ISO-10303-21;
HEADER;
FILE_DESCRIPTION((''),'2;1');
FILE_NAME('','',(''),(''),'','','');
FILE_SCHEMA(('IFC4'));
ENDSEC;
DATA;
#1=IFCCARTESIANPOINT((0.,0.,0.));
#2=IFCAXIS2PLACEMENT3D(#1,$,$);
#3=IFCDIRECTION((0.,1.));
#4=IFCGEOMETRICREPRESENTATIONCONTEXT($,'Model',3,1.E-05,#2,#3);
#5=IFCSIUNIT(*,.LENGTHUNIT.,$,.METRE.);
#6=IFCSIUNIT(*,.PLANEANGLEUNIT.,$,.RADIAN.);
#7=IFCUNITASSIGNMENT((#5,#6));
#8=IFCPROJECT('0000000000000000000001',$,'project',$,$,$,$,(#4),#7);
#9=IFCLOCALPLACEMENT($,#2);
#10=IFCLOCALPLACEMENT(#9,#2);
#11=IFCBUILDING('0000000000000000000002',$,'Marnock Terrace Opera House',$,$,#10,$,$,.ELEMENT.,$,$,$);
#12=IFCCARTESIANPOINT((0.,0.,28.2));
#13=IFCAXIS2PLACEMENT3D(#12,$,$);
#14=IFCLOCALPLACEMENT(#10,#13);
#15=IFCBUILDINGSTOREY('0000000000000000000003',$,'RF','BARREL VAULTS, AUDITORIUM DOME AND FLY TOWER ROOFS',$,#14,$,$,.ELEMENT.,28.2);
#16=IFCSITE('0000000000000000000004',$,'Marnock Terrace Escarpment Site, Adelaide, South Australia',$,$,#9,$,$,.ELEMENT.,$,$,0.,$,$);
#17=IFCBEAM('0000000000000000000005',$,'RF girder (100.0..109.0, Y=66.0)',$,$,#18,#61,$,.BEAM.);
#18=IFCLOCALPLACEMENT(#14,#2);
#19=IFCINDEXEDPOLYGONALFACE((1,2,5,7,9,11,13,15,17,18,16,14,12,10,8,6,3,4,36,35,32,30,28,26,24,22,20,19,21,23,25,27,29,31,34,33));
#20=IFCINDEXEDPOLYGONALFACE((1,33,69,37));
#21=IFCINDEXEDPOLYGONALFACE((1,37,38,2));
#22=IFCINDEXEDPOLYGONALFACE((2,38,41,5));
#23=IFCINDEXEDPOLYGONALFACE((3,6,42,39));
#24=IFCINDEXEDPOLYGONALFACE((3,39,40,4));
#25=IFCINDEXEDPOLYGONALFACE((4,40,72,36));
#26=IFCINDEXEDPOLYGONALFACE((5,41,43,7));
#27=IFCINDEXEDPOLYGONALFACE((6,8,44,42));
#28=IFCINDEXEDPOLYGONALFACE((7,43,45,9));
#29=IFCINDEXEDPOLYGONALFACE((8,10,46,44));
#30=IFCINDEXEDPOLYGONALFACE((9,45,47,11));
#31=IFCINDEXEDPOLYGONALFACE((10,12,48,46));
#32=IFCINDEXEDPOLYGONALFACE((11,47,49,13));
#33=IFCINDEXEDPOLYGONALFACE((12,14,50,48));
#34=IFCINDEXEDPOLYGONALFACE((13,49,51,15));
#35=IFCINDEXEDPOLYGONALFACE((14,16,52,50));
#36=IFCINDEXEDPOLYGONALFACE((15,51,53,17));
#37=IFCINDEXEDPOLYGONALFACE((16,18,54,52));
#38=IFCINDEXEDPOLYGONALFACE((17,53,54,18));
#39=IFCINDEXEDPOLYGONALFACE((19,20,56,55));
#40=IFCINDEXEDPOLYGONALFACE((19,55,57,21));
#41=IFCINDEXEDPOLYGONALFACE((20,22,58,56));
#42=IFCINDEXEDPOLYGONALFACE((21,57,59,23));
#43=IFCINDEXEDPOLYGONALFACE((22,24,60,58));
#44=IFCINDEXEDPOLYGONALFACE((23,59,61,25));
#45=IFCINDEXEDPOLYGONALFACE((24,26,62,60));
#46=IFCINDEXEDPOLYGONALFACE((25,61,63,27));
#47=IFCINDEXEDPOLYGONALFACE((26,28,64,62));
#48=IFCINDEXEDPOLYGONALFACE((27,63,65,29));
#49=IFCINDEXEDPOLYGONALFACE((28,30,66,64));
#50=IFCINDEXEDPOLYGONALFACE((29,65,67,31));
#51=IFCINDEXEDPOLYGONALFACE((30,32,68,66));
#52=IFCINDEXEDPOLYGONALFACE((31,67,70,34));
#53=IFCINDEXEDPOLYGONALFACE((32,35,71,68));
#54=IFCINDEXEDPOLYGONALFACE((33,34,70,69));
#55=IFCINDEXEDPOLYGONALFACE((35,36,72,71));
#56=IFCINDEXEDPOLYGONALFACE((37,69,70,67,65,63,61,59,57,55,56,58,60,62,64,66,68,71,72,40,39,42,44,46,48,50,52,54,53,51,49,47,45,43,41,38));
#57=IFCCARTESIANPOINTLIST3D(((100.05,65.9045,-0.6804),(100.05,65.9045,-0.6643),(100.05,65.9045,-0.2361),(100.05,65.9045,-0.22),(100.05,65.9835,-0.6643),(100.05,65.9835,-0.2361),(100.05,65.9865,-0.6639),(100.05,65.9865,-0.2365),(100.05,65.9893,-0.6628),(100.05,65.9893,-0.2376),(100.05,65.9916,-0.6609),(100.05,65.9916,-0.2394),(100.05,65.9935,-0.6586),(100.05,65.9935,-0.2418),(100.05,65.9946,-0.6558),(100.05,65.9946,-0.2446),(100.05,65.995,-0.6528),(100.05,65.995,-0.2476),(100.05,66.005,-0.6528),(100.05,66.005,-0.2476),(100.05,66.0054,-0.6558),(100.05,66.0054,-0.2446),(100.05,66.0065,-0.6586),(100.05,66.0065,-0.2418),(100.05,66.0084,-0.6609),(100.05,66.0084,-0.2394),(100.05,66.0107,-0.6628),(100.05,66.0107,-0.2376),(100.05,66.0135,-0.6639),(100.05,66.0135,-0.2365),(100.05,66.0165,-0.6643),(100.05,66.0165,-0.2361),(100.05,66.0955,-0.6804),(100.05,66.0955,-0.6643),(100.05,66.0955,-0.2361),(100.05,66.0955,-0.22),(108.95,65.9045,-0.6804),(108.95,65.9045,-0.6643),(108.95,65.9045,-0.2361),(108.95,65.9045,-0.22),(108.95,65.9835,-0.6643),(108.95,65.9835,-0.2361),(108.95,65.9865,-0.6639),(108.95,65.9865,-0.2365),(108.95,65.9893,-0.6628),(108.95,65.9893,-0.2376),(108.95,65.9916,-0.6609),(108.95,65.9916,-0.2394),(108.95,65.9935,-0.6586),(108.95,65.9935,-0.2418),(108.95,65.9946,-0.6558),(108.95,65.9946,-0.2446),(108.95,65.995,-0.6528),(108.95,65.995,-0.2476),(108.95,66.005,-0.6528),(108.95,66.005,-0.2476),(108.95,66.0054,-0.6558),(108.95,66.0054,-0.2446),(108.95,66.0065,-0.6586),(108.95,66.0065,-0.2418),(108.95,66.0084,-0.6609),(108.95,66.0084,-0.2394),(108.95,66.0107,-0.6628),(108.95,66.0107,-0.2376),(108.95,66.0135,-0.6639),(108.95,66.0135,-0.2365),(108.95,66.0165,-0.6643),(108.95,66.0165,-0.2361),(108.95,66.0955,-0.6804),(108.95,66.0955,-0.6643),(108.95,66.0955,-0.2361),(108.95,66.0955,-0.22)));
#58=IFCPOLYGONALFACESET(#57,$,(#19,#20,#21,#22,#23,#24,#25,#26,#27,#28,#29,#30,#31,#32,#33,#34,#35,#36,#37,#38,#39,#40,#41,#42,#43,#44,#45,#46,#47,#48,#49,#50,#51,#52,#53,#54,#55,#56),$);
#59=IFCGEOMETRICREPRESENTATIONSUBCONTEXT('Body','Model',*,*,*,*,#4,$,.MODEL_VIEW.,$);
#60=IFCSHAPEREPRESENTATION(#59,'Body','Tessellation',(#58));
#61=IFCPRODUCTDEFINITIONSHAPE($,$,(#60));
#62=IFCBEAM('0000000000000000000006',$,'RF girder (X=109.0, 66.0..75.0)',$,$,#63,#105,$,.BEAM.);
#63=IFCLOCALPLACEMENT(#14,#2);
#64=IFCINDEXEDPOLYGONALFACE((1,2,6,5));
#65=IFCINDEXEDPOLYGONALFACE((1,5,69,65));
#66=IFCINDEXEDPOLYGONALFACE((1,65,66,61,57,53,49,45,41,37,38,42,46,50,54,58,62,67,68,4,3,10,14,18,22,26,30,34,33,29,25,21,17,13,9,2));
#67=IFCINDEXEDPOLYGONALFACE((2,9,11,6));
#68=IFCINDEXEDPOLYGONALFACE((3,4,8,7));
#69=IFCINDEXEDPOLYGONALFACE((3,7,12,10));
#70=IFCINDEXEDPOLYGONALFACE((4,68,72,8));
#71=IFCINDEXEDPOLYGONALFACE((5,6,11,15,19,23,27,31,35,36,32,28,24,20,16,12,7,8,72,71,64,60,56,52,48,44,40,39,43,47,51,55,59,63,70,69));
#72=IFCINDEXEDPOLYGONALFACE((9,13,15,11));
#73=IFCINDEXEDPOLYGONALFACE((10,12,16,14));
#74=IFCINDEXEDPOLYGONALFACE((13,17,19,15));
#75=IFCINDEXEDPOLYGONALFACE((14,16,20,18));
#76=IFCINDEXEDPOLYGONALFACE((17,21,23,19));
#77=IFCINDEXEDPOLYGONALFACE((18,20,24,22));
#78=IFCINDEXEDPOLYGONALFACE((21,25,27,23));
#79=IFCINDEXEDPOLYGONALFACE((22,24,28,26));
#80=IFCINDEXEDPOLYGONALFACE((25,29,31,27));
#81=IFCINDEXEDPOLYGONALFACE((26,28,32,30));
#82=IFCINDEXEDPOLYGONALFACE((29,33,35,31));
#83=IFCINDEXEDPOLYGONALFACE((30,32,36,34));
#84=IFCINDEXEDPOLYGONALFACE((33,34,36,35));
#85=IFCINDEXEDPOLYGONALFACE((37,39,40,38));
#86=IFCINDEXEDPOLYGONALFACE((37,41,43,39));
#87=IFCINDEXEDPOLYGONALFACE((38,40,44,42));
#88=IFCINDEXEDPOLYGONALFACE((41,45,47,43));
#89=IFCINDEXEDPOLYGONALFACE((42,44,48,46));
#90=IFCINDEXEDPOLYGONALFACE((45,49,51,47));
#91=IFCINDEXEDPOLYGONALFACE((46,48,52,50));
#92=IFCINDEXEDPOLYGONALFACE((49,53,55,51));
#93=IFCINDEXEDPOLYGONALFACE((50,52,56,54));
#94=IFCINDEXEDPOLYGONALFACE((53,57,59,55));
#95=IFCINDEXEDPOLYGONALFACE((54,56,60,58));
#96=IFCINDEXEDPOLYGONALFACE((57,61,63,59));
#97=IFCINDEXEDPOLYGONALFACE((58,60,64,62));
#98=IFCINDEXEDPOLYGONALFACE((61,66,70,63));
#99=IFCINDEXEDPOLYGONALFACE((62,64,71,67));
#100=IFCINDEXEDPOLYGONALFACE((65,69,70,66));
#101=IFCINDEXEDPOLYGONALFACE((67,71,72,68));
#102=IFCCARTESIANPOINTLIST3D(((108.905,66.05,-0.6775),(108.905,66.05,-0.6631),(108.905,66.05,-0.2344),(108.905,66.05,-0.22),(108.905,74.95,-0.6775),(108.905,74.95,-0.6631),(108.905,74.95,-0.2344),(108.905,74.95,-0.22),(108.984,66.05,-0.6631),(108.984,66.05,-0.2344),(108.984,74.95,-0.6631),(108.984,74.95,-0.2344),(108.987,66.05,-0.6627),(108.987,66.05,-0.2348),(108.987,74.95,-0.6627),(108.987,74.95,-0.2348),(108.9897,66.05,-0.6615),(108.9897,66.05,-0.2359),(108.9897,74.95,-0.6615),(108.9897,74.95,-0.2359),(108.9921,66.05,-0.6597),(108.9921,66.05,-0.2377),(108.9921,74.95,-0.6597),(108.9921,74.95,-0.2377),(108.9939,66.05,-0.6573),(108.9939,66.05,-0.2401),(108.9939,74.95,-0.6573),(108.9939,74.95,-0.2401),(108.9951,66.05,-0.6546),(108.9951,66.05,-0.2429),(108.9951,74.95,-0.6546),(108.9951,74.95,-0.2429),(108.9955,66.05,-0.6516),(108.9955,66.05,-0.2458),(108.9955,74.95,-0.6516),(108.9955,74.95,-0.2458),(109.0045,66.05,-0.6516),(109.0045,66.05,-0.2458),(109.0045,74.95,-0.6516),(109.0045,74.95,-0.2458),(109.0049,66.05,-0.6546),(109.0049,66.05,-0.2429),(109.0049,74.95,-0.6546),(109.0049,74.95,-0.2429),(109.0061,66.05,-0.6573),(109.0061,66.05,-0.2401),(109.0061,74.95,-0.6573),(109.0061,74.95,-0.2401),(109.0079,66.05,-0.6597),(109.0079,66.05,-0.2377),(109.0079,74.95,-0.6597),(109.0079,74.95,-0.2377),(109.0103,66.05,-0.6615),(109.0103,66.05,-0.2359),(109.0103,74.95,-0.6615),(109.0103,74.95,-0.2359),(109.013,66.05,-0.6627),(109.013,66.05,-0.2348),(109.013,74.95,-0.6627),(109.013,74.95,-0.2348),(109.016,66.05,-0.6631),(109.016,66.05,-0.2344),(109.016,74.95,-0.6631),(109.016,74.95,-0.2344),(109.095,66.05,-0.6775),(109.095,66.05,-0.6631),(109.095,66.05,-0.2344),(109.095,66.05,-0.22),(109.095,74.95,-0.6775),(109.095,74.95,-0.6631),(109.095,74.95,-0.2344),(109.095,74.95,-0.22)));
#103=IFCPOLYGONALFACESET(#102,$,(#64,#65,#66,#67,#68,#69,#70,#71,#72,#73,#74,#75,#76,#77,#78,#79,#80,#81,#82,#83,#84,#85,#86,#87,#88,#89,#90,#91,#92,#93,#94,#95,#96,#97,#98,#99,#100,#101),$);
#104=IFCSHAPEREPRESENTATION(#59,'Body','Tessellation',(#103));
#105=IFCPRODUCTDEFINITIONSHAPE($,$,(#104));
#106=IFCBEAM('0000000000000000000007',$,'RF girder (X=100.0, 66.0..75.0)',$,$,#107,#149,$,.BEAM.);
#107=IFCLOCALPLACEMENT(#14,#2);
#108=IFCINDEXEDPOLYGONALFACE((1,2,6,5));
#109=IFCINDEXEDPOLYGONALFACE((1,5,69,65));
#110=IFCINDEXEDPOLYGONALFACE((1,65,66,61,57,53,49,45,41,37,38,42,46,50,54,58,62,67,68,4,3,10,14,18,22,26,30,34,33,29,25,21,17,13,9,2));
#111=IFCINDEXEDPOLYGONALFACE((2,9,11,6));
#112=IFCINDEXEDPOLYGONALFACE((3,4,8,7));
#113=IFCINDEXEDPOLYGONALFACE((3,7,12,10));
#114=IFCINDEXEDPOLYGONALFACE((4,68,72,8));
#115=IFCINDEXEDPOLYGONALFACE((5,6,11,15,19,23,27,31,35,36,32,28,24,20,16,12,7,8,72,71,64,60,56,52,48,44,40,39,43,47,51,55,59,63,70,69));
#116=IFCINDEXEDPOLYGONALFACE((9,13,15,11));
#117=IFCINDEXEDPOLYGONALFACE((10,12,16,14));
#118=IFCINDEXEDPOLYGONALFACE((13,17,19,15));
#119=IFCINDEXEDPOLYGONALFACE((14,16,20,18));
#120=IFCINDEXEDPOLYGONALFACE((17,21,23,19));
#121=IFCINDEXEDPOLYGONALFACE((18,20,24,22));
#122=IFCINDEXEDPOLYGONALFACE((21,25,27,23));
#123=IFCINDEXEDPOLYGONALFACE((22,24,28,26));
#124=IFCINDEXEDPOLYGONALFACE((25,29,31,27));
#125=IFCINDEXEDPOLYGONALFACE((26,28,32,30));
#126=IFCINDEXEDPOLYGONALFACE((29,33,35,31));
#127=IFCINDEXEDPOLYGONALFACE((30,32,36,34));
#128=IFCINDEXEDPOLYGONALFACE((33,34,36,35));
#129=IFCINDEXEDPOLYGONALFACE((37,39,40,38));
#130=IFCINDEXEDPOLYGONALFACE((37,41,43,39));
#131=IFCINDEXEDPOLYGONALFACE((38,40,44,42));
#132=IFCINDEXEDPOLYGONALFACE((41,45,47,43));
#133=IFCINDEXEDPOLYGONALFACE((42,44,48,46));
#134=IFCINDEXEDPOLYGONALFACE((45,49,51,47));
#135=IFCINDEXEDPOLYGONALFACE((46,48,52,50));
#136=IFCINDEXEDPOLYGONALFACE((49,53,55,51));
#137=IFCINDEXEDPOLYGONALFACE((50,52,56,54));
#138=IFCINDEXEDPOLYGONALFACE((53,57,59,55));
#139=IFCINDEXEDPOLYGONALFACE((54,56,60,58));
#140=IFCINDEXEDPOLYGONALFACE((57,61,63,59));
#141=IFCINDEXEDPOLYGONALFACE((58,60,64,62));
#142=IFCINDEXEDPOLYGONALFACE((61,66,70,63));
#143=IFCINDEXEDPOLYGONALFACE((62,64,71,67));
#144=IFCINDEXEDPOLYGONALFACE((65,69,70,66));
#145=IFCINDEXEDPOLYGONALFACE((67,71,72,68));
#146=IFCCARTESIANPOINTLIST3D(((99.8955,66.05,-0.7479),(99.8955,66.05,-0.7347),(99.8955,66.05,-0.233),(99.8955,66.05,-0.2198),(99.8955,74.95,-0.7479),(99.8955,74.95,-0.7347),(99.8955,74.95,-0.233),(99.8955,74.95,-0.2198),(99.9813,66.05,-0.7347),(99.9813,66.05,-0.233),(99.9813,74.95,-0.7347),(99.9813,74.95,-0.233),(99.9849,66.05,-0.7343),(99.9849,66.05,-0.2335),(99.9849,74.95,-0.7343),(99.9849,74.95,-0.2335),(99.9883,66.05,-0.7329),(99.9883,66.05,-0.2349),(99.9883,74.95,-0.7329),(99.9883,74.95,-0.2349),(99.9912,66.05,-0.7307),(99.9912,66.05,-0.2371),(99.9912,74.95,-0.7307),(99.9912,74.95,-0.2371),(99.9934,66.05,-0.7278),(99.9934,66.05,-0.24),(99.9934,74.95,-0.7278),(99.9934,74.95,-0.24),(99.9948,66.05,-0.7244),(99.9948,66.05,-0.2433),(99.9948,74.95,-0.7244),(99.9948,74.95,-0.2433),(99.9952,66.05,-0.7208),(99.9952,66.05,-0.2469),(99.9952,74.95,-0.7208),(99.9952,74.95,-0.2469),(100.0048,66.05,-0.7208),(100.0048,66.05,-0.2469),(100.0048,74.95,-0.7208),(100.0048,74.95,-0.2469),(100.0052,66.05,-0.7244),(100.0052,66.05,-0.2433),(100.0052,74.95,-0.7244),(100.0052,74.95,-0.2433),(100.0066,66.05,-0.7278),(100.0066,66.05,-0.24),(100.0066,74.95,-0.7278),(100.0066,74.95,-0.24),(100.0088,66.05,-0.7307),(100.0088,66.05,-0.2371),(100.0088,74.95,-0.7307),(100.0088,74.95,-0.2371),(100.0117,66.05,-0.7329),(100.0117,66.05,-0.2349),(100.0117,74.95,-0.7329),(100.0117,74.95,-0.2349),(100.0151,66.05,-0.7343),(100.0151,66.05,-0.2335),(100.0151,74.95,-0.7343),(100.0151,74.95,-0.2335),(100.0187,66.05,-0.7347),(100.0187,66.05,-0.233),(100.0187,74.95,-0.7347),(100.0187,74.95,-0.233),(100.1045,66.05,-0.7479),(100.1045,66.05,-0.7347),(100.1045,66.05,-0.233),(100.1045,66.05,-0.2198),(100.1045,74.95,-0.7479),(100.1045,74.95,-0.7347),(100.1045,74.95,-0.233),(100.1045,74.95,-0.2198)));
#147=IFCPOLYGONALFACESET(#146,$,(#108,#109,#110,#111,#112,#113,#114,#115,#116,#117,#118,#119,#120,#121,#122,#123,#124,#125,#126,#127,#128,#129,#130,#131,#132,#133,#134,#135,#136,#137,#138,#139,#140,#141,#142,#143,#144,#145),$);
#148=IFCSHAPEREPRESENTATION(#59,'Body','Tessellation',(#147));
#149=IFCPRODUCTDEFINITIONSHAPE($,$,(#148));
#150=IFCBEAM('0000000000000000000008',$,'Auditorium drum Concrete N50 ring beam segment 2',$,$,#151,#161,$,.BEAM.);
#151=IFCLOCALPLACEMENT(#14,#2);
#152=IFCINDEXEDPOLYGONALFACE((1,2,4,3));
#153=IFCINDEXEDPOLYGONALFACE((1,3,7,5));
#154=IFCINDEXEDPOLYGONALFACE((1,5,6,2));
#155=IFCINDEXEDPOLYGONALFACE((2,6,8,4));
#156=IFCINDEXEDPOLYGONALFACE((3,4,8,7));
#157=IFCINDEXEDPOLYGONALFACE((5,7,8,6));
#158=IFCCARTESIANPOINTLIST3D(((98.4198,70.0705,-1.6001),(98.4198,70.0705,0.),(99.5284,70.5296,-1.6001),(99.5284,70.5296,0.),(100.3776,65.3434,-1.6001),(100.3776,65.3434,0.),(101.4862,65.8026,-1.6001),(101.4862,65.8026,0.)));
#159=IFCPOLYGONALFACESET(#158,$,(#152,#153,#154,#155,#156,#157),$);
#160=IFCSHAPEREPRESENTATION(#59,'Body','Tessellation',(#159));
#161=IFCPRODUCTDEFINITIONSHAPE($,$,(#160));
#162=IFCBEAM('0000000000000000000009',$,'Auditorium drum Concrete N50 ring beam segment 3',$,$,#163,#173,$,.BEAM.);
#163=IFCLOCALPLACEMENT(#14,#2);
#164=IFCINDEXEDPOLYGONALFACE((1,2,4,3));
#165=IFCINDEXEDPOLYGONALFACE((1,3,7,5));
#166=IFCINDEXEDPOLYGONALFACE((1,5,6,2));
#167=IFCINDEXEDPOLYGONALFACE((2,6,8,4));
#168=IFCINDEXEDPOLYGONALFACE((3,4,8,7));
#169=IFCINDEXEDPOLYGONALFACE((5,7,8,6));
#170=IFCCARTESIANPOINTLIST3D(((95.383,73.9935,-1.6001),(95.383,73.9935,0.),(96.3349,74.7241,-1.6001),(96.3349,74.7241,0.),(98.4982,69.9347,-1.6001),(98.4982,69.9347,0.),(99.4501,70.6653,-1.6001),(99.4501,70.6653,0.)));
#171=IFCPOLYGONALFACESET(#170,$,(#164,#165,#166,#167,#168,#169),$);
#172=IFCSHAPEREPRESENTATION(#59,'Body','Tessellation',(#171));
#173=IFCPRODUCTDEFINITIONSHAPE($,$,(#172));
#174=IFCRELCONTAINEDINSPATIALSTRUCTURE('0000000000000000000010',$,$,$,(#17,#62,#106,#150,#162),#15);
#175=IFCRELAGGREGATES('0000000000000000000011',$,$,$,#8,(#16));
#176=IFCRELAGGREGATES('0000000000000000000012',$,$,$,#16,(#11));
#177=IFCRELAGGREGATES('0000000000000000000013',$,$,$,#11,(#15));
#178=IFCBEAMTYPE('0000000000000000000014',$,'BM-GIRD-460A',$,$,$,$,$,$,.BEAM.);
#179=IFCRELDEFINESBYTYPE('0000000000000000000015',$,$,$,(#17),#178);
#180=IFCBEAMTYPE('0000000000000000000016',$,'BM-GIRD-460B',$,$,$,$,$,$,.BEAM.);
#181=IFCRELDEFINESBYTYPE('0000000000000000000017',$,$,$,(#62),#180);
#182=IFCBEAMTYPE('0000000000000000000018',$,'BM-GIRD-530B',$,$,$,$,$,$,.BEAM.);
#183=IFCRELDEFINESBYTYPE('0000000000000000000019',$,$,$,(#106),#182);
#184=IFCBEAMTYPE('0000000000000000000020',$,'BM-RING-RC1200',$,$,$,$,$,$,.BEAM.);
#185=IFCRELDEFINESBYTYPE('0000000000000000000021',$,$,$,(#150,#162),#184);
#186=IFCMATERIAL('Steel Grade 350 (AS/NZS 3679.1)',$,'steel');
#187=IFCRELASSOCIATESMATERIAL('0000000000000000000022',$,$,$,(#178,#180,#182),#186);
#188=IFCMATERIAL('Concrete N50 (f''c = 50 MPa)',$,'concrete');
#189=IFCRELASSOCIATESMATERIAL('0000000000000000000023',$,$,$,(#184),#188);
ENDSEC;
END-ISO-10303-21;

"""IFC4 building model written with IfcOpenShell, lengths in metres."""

from ifc_helpers import new_model, si_unit, direction, frame, origin, origin_2d, place, context, subcontext, project, spatial, rectangle, i_section, extrude, material, material_profile, profile_set, type_object, element, save


model = new_model("IFC4")

# Units and contexts
model_context = context("Model", 3, precision=1e-05, world=origin(), true_north=direction((0.0, 1.0)))
body_context = subcontext(model_context, "Body", "Model", "MODEL_VIEW")
ifc_project = project(units=[si_unit("LENGTHUNIT", "METRE"), si_unit("PLANEANGLEUNIT", "RADIAN")], contexts=[model_context])

# Site, building, storey
site_placement = place(None, origin())
site = spatial("IfcSite", under=ifc_project, at=site_placement, Name="Marnock Terrace Escarpment Site, Adelaide, South Australia", CompositionType="ELEMENT", RefElevation=0.0)
building_placement = place(site_placement, origin())
building = spatial("IfcBuilding", under=site, at=building_placement, Name="Marnock Terrace Opera House", CompositionType="ELEMENT")
storey_placement = place(building_placement, frame((0.0, 0.0, 28.2)))
storey = spatial("IfcBuildingStorey", under=building, at=storey_placement, Name="RF", Description="BARREL VAULTS, AUDITORIUM DOME AND FLY TOWER ROOFS", CompositionType="ELEMENT", Elevation=28.2)

# Beams
ifc_material_1 = material(Name="Steel Grade 350 (AS/NZS 3679.1)", Category="steel")
ifc_material_profile_1 = material_profile(ifc_material_1, i_section(OverallWidth=0.1909, OverallDepth=0.4604, WebThickness=0.01, FlangeThickness=0.0161, FilletRadius=0.0115, at=origin_2d()))
ifc_profile_set_1 = profile_set([ifc_material_profile_1], Name="Steel Grade 350 (AS/NZS 3679.1)")
beam_type_1 = type_object("IfcBeamType", Name="BM-GIRD-460A", PredefinedType="BEAM", material=ifc_profile_set_1)
beam_1_placement = place(storey_placement, frame((100.05, 66.0, -0.4502), z_axis=(1.0, 0.0, 0.0), x_axis=(0.0, 1.0, 0.0)))
element("IfcBeam", 1, at=beam_1_placement, inside=storey, type_object=beam_type_1, Name="RF girder (100.0..109.0, Y=66.0)", PredefinedType="BEAM", context=body_context, shape_type="SweptSolid", body=[
    extrude(i_section(OverallWidth=0.1909, OverallDepth=0.4604, WebThickness=0.01, FlangeThickness=0.0161, FilletRadius=0.0115, at=origin_2d()), origin(), (0.0, 0.0, 1.0), 8.8999),
])
ifc_material_profile_2 = material_profile(ifc_material_1, i_section(OverallWidth=0.1899, OverallDepth=0.4575, WebThickness=0.009, FlangeThickness=0.0144, FilletRadius=0.0115, at=origin_2d()))
ifc_profile_set_2 = profile_set([ifc_material_profile_2], Name="Steel Grade 350 (AS/NZS 3679.1)")
beam_type_2 = type_object("IfcBeamType", Name="BM-GIRD-460B", PredefinedType="BEAM", material=ifc_profile_set_2)
beam_2_placement = place(storey_placement, frame((109.0, 66.05, -0.4487), z_axis=(0.0, 1.0, 0.0), x_axis=(-1.0, 0.0, 0.0)))
element("IfcBeam", 2, at=beam_2_placement, inside=storey, type_object=beam_type_2, Name="RF girder (X=109.0, 66.0..75.0)", PredefinedType="BEAM", context=body_context, shape_type="SweptSolid", body=[
    extrude(i_section(OverallWidth=0.1899, OverallDepth=0.4575, WebThickness=0.009, FlangeThickness=0.0144, FilletRadius=0.0115, at=origin_2d()), origin(), (0.0, 0.0, 1.0), 8.8999),
])
ifc_material_profile_3 = material_profile(ifc_material_1, i_section(OverallWidth=0.209, OverallDepth=0.5281, WebThickness=0.0095, FlangeThickness=0.0132, FilletRadius=0.0139, at=origin_2d()))
ifc_profile_set_3 = profile_set([ifc_material_profile_3], Name="Steel Grade 350 (AS/NZS 3679.1)")
beam_type_3 = type_object("IfcBeamType", Name="BM-GIRD-530B", PredefinedType="BEAM", material=ifc_profile_set_3)
beam_3_placement = place(storey_placement, frame((100.0, 66.05, -0.4839), z_axis=(0.0, 1.0, 0.0), x_axis=(-1.0, 0.0, 0.0)))
element("IfcBeam", 3, at=beam_3_placement, inside=storey, type_object=beam_type_3, Name="RF girder (X=100.0, 66.0..75.0)", PredefinedType="BEAM", context=body_context, shape_type="SweptSolid", body=[
    extrude(i_section(OverallWidth=0.209, OverallDepth=0.5281, WebThickness=0.0095, FlangeThickness=0.0132, FilletRadius=0.0139, at=origin_2d()), origin(), (0.0, 0.0, 1.0), 8.8999),
])
ifc_material_2 = material(Name="Concrete N50 (f'c = 50 MPa)", Category="concrete")
ifc_material_profile_4 = material_profile(ifc_material_2, rectangle(XDim=1.2, YDim=1.6001, at=origin_2d()))
ifc_profile_set_4 = profile_set([ifc_material_profile_4], Name="Concrete N50 (f'c = 50 MPa)")
beam_type_4 = type_object("IfcBeamType", Name="BM-RING-RC1200", PredefinedType="BEAM", material=ifc_profile_set_4)
for number, where, z_axis, x_axis, name in (
    (4, (100.9319, 65.573, -0.8), (-0.382643, 0.923896, 0.0), (-0.923896, -0.382643, 0.0), "Auditorium drum Concrete N50 ring beam segment 2"),
    (5, (98.9741, 70.3, -0.8), (-0.608857, 0.79328, 0.0), (-0.79328, -0.608857, 0.0), "Auditorium drum Concrete N50 ring beam segment 3"),
):
    element("IfcBeam", number, at=place(storey_placement, frame(where, z_axis=z_axis, x_axis=x_axis)), inside=storey, type_object=beam_type_4, Name=name, PredefinedType="BEAM", context=body_context, shape_type="SweptSolid", body=[
        extrude(rectangle(XDim=1.2, YDim=1.6001, at=origin_2d()), origin(), (0.0, 0.0, 1.0), 5.1165),
    ])

save(model, "model.ifc")
